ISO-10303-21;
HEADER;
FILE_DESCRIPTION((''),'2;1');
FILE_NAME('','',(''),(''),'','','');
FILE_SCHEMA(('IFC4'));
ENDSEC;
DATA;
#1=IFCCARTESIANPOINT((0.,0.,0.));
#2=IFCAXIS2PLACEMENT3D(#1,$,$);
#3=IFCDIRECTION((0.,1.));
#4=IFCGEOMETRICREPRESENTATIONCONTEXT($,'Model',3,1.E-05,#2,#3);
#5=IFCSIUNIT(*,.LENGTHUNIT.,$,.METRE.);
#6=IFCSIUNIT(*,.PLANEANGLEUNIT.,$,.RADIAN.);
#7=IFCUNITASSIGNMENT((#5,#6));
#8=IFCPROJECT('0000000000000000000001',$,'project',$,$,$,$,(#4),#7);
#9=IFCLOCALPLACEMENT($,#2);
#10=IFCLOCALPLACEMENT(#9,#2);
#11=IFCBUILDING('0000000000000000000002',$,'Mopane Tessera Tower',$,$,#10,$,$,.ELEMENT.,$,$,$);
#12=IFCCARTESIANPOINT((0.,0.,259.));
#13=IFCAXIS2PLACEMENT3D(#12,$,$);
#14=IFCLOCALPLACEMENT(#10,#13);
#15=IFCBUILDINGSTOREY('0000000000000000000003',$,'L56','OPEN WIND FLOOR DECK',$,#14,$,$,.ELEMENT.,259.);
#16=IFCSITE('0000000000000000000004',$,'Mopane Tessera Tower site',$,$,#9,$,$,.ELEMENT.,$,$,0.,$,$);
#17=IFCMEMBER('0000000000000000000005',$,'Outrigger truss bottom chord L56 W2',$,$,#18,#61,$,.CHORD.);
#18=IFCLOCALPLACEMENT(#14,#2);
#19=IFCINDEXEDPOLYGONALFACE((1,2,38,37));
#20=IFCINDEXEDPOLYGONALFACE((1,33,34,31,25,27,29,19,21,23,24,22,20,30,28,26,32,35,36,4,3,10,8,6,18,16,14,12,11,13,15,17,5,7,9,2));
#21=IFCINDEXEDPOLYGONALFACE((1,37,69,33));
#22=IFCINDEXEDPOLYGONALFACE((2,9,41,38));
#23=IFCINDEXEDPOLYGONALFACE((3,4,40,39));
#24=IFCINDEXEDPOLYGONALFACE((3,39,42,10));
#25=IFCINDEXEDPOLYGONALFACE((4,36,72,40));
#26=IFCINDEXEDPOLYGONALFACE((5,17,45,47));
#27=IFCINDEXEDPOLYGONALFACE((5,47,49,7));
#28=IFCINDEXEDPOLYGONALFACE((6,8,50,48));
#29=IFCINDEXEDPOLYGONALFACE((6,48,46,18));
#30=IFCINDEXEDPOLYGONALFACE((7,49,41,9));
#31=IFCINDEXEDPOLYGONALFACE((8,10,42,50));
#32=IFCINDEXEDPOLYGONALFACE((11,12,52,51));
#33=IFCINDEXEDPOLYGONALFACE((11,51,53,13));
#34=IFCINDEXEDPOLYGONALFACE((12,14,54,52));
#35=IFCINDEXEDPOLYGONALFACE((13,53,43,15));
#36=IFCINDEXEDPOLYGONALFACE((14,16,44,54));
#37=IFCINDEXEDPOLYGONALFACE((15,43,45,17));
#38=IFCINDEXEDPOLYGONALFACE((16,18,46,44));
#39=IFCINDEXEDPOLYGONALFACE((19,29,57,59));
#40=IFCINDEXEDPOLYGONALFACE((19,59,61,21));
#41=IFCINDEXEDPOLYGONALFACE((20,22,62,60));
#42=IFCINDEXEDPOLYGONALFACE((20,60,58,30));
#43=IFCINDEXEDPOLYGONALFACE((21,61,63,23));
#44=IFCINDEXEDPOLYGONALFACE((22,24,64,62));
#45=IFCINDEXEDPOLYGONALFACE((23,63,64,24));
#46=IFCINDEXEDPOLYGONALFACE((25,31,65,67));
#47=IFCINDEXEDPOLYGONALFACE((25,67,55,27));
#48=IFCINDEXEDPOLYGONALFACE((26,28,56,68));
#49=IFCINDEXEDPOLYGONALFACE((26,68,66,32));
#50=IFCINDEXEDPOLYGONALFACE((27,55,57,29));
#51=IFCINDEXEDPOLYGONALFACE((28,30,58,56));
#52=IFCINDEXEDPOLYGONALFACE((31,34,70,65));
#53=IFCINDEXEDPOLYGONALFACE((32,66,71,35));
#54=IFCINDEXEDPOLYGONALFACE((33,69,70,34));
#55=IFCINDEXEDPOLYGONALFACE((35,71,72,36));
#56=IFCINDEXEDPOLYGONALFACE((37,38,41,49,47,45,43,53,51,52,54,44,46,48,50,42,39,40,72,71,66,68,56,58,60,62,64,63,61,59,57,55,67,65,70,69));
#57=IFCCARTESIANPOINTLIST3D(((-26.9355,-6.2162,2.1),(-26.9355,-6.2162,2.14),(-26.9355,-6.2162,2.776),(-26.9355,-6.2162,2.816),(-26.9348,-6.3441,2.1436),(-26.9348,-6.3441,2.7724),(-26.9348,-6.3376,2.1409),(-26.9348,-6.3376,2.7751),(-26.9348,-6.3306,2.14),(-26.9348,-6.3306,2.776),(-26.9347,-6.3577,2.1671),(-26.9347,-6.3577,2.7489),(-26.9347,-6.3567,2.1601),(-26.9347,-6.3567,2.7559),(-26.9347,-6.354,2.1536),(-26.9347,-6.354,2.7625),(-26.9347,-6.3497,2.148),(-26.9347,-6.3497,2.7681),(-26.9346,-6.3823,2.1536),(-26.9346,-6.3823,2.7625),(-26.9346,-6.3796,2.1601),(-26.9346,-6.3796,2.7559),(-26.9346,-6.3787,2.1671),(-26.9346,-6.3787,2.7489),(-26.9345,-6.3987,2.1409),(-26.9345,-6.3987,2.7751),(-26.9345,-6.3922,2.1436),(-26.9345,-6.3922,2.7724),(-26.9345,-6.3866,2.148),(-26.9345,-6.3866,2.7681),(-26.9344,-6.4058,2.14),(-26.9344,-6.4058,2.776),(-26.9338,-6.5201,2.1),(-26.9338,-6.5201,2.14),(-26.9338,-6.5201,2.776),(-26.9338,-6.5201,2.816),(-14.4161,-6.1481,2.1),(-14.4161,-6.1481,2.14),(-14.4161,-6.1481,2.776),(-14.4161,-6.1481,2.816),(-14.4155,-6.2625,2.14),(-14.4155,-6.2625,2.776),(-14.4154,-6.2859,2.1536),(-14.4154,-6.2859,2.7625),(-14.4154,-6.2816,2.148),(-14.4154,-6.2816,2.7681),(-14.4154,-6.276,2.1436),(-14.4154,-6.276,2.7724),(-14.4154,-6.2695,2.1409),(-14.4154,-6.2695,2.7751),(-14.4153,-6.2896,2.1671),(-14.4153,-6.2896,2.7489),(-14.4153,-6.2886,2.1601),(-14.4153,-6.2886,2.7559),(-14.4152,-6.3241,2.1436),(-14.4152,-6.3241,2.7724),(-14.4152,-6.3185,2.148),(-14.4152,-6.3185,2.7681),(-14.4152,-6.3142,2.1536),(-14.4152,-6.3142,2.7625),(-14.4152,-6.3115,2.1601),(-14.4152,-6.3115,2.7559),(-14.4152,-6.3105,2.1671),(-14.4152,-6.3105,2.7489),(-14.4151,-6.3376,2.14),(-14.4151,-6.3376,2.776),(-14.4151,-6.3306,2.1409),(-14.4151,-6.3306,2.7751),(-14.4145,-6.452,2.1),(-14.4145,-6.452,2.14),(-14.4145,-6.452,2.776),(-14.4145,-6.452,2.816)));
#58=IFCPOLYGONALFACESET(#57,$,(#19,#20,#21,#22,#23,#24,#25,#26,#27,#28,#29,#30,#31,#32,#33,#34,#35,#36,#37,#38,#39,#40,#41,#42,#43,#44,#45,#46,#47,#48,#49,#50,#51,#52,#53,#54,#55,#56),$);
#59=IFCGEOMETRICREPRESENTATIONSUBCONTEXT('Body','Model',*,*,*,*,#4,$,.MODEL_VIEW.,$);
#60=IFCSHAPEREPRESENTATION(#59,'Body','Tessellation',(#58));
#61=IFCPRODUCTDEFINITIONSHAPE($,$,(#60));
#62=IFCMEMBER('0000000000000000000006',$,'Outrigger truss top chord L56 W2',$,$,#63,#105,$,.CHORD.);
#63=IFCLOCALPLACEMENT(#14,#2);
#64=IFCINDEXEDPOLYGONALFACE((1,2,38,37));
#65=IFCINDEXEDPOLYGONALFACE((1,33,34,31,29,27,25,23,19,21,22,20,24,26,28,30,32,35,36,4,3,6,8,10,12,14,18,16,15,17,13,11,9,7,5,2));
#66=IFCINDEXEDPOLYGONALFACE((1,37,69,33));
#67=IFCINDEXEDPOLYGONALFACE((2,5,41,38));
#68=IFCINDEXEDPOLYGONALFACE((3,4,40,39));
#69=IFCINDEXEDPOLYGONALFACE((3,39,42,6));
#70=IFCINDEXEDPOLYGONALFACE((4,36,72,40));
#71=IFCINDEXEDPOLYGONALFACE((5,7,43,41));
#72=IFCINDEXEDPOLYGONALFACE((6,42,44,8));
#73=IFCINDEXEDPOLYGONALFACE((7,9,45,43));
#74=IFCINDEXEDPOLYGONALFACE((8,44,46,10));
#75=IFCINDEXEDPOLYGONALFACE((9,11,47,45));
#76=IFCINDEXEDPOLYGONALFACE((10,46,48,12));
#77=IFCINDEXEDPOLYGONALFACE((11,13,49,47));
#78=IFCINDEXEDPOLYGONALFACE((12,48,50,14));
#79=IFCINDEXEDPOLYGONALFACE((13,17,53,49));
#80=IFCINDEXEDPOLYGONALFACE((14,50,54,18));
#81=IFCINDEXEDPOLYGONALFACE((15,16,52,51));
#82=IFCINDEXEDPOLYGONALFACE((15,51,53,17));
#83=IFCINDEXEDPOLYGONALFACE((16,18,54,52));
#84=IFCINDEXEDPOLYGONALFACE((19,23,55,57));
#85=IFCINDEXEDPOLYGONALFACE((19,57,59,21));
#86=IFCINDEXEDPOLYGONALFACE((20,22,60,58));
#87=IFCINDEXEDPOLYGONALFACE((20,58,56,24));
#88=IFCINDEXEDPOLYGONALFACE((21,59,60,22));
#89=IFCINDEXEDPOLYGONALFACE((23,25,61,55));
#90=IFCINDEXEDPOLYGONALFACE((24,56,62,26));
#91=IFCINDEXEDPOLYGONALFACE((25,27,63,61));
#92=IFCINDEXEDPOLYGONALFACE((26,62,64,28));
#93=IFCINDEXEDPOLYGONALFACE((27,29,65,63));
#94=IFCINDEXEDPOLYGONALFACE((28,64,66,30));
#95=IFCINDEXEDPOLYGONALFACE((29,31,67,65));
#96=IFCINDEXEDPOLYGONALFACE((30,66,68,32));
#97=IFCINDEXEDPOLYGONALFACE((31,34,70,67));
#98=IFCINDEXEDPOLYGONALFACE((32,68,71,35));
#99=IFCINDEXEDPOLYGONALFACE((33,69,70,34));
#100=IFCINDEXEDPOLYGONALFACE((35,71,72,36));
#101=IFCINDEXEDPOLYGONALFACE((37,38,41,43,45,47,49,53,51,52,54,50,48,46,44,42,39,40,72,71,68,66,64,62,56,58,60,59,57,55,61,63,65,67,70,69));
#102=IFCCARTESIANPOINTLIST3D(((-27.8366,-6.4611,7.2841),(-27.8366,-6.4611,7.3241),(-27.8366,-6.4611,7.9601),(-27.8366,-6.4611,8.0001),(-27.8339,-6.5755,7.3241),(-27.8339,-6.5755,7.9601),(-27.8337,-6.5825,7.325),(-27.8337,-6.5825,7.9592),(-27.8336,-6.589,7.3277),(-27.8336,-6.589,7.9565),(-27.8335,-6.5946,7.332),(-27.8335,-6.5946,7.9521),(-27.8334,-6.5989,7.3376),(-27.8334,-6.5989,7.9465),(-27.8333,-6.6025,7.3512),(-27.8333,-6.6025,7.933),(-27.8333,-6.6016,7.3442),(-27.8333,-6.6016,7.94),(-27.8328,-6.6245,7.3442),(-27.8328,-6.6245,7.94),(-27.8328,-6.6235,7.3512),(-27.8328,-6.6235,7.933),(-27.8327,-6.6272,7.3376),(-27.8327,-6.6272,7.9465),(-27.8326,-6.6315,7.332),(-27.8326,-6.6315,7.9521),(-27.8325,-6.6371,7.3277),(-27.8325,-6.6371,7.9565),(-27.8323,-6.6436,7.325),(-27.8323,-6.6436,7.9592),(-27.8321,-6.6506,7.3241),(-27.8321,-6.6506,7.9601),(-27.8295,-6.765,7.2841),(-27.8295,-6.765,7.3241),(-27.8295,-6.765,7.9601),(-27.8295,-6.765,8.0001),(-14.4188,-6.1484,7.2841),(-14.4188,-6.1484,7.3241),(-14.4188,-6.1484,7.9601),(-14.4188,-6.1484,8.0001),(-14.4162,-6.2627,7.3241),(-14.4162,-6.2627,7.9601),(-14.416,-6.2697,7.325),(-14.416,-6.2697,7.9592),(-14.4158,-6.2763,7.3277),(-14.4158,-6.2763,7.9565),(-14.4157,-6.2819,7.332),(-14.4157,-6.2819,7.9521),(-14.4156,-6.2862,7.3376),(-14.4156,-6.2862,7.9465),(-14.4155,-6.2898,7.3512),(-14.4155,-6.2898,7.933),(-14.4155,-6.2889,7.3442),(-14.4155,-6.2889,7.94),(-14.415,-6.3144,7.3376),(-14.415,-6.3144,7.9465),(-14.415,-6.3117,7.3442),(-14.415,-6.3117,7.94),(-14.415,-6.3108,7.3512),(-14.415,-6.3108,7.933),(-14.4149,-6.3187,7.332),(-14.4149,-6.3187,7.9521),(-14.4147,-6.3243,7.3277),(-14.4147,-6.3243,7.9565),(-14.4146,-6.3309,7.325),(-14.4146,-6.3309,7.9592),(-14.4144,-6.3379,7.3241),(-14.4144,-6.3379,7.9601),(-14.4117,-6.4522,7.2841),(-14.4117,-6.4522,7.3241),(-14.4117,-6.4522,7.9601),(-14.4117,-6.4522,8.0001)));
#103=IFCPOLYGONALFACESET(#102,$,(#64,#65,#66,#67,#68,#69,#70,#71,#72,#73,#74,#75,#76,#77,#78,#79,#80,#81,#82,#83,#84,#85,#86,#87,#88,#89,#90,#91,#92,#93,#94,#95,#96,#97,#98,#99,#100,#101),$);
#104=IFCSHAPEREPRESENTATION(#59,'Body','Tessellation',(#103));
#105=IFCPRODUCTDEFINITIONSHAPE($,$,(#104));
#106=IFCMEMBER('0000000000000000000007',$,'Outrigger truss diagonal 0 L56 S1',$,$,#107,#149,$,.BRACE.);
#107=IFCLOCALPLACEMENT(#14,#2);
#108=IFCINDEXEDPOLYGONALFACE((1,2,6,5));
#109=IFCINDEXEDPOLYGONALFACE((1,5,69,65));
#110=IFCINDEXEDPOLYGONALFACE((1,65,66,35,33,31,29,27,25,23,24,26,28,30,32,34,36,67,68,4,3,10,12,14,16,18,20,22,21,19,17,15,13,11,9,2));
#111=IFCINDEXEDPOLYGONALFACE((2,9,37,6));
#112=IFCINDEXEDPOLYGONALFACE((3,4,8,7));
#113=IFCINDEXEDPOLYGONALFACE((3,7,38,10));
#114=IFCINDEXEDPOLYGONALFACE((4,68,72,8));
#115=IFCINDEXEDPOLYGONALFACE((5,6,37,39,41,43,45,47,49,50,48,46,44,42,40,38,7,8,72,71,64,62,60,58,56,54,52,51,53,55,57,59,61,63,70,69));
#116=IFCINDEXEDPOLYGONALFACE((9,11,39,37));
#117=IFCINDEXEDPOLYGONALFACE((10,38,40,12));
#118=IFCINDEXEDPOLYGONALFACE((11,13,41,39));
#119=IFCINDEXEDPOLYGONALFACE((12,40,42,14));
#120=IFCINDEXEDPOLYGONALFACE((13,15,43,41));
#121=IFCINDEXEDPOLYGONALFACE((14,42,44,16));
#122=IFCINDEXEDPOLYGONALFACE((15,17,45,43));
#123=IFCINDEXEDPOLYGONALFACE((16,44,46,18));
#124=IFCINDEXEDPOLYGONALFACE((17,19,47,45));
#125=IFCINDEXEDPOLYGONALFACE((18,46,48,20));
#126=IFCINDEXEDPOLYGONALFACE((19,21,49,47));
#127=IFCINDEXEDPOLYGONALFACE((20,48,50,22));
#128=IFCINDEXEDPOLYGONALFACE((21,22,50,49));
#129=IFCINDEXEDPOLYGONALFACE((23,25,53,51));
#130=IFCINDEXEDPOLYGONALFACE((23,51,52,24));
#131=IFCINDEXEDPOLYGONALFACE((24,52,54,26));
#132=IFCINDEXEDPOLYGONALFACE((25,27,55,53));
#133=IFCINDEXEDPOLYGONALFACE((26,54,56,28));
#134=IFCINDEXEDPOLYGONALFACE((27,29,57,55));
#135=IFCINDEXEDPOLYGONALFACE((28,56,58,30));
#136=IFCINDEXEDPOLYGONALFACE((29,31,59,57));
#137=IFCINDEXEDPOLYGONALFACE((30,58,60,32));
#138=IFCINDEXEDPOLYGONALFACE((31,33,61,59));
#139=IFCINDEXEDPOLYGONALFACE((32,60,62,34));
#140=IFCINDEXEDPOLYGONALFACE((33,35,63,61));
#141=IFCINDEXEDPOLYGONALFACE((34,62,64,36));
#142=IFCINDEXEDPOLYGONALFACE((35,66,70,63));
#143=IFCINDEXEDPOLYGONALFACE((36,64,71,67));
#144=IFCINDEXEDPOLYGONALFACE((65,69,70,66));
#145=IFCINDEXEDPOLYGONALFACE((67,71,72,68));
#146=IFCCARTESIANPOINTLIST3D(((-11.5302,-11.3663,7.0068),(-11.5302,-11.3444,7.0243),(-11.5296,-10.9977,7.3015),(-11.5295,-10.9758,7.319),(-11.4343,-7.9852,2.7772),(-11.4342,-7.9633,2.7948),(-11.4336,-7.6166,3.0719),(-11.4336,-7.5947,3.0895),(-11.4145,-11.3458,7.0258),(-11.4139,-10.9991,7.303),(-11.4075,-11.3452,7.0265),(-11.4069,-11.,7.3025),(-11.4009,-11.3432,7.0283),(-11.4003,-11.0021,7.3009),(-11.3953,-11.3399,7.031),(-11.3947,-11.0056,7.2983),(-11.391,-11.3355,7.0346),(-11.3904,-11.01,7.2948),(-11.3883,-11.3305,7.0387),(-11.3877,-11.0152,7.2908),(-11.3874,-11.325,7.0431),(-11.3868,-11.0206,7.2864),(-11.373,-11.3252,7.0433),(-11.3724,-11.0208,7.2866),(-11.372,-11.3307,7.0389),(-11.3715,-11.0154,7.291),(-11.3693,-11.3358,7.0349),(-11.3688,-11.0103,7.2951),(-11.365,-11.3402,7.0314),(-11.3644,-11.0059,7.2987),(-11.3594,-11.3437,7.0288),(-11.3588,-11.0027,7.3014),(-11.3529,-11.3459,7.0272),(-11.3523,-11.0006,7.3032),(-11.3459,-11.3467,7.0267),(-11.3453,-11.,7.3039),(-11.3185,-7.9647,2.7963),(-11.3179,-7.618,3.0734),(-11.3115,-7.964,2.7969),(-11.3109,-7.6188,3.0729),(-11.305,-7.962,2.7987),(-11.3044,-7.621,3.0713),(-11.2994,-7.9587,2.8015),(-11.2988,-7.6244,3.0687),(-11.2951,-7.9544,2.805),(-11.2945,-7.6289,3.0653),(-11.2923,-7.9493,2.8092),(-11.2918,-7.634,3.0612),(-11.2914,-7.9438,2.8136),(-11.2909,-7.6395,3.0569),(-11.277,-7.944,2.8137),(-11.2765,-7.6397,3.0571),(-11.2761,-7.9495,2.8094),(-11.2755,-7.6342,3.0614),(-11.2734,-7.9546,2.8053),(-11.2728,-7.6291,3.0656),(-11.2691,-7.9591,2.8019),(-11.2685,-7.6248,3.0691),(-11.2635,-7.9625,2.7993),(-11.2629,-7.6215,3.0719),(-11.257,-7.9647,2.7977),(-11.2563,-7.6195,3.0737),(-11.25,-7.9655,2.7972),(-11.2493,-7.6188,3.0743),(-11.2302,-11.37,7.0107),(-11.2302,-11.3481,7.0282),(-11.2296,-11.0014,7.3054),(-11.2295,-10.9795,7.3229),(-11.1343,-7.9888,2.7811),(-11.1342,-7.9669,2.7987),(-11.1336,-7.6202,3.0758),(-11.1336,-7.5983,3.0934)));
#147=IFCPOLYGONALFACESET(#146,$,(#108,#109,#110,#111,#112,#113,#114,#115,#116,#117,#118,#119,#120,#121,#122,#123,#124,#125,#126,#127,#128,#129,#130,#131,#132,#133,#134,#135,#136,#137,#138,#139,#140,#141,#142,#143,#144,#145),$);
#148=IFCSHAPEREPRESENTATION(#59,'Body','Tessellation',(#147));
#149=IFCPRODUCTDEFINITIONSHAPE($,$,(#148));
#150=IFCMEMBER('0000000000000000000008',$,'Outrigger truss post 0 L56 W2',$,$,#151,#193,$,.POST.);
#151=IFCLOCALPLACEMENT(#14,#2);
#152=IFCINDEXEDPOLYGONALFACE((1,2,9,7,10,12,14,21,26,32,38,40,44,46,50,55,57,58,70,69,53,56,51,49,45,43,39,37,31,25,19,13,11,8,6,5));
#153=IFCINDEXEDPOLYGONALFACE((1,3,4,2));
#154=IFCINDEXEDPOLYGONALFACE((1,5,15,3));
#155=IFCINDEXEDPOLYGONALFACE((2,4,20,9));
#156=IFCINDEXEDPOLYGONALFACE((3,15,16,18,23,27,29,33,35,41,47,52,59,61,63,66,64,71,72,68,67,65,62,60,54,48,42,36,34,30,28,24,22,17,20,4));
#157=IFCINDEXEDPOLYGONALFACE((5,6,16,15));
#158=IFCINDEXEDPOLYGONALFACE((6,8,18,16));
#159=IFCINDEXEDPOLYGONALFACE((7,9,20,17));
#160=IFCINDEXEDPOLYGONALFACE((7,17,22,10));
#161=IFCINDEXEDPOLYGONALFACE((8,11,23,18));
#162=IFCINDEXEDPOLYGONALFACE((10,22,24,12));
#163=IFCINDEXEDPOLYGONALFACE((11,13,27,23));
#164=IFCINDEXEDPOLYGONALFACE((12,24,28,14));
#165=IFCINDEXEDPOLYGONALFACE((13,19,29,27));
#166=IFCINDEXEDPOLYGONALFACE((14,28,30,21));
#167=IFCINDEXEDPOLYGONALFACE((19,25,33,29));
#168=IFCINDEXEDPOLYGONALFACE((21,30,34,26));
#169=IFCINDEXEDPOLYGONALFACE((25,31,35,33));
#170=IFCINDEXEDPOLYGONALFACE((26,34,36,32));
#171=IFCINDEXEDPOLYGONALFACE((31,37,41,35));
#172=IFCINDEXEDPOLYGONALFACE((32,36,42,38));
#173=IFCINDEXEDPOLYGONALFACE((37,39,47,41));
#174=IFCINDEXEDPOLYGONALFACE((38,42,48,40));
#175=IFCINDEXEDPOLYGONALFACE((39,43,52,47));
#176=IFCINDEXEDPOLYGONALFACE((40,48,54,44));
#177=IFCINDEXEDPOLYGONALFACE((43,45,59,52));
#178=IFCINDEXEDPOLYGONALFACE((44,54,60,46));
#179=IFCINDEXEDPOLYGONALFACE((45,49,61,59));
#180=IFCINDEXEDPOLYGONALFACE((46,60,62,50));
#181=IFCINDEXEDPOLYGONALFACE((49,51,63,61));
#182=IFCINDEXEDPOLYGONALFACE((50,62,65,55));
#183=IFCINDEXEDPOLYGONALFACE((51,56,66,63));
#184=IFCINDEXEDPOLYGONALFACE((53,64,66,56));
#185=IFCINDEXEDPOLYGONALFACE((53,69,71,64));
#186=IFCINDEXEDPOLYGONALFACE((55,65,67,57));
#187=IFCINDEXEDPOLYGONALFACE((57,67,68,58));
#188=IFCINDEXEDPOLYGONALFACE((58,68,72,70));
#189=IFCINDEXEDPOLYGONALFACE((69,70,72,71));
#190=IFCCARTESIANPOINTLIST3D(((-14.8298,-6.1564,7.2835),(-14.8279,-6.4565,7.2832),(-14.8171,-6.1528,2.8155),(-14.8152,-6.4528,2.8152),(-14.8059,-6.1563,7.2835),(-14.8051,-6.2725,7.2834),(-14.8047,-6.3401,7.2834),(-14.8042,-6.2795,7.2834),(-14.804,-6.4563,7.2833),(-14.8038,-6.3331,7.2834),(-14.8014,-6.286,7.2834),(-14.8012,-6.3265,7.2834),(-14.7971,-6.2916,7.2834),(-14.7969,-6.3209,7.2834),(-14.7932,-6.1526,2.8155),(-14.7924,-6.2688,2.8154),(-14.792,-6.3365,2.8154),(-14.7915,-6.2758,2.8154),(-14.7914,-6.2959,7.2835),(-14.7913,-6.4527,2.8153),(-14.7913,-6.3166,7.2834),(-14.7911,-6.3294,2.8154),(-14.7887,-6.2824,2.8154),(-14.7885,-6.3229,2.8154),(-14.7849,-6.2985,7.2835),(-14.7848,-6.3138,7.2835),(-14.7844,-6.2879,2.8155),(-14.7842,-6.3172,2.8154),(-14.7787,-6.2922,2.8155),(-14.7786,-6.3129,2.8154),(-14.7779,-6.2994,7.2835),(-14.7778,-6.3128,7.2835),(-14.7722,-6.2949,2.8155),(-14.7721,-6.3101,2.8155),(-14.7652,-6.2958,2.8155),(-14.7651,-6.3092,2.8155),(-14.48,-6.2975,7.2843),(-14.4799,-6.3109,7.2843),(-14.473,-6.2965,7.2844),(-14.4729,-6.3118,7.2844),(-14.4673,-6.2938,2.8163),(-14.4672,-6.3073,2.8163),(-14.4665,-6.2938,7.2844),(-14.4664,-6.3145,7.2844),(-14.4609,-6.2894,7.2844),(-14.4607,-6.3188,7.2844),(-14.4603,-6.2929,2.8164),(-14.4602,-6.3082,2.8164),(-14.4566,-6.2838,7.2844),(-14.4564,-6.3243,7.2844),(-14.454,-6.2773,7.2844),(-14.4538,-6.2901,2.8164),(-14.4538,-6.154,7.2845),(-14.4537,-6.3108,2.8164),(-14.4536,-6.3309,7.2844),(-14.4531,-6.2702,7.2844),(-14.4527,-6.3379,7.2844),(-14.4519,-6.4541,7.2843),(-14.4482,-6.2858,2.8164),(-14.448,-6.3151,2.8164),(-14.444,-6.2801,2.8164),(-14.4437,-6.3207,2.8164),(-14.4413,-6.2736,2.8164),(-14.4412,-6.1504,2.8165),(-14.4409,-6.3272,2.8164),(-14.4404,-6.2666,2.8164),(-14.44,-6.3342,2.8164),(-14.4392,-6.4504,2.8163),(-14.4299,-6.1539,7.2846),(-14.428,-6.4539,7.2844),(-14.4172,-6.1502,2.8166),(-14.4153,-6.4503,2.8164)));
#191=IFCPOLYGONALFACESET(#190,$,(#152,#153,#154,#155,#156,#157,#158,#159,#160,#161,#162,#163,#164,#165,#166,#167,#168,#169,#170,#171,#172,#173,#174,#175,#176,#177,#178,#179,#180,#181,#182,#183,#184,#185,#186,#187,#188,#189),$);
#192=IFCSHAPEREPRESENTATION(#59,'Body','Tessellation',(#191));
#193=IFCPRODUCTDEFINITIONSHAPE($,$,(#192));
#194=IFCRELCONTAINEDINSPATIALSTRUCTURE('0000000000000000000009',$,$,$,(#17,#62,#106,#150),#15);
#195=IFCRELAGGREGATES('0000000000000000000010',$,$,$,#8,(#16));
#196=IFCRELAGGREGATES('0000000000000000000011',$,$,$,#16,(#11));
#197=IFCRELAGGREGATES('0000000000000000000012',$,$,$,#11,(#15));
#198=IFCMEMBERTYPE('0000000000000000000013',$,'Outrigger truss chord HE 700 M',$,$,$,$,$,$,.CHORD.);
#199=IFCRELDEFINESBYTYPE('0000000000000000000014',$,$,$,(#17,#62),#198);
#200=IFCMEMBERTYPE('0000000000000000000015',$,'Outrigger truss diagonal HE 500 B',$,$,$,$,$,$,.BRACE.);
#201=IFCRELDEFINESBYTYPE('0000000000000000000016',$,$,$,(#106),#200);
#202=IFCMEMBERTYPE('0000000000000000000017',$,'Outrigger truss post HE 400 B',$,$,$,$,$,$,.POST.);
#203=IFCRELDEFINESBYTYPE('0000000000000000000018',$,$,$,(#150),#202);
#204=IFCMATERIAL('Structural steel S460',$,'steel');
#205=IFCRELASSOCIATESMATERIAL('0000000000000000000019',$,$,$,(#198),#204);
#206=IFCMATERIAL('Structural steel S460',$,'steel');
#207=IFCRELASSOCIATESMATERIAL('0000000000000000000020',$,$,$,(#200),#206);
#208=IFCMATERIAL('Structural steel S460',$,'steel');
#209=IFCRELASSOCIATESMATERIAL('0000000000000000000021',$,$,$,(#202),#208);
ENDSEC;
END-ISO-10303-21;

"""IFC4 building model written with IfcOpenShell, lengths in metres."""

from ifc_helpers import new_model, si_unit, direction, frame, origin, origin_2d, place, context, subcontext, project, spatial, i_section, extrude, material, material_profile, profile_set, type_object, element, save


model = new_model("IFC4")

# Units and contexts
model_context = context("Model", 3, precision=1e-05, world=origin(), true_north=direction((0.0, 1.0)))
body_context = subcontext(model_context, "Body", "Model", "MODEL_VIEW")
ifc_project = project(units=[si_unit("LENGTHUNIT", "METRE"), si_unit("PLANEANGLEUNIT", "RADIAN")], contexts=[model_context])

# Site, building, storey
site_placement = place(None, origin())
site = spatial("IfcSite", under=ifc_project, at=site_placement, Name="Mopane Tessera Tower site", CompositionType="ELEMENT", RefElevation=0.0)
building_placement = place(site_placement, origin())
building = spatial("IfcBuilding", under=site, at=building_placement, Name="Mopane Tessera Tower", CompositionType="ELEMENT")
storey_placement = place(building_placement, frame((0.0, 0.0, 259.0)))
storey = spatial("IfcBuildingStorey", under=building, at=storey_placement, Name="L56", Description="OPEN WIND FLOOR DECK", CompositionType="ELEMENT", Elevation=259.0)

# Members
ifc_material_1 = material(Name="Structural steel S460", Category="steel")
ifc_material_profile_1 = material_profile(ifc_material_1, i_section(OverallWidth=0.304, OverallDepth=0.7161, WebThickness=0.021, FlangeThickness=0.04, FilletRadius=0.0271, at=origin_2d()))
ifc_profile_set_1 = profile_set([ifc_material_profile_1], Name="Structural steel S460")
member_type_1 = type_object("IfcMemberType", Name="Outrigger truss chord HE 700 M", PredefinedType="CHORD", material=ifc_profile_set_1)
member_1_placement = place(storey_placement, frame((-14.4153, -6.3, 2.458), z_axis=(-0.999985, -0.005441, 0.0), x_axis=(0.005441, -0.999985, 0.0)))
element("IfcMember", 1, at=member_1_placement, inside=storey, type_object=member_type_1, Name="Outrigger truss bottom chord L56 W2", PredefinedType="CHORD", context=body_context, shape_type="SweptSolid", body=[
    extrude(i_section(OverallWidth=0.304, OverallDepth=0.7161, WebThickness=0.021, FlangeThickness=0.04, FilletRadius=0.0271, at=origin_2d()), origin(), (0.0, 0.0, 1.0), 12.5195),
])
member_2_placement = place(storey_placement, frame((-14.4153, -6.3003, 7.6421), z_axis=(-0.999728, -0.023302, 0.0), x_axis=(0.023302, -0.999728, 0.0)))
element("IfcMember", 2, at=member_2_placement, inside=storey, type_object=member_type_1, Name="Outrigger truss top chord L56 W2", PredefinedType="CHORD", context=body_context, shape_type="SweptSolid", body=[
    extrude(i_section(OverallWidth=0.304, OverallDepth=0.7161, WebThickness=0.021, FlangeThickness=0.04, FilletRadius=0.0271, at=origin_2d()), origin(), (0.0, 0.0, 1.0), 13.4214),
])
ifc_material_2 = material(Name="Structural steel S460", Category="steel")
ifc_material_profile_2 = material_profile(ifc_material_2, i_section(OverallWidth=0.3, OverallDepth=0.5, WebThickness=0.0144, FlangeThickness=0.0281, FilletRadius=0.0271, at=origin_2d()))
ifc_profile_set_2 = profile_set([ifc_material_profile_2], Name="Structural steel S460")
member_type_2 = type_object("IfcMemberType", Name="Outrigger truss diagonal HE 500 B", PredefinedType="BRACE", material=ifc_profile_set_2)
member_3_placement = place(storey_placement, frame((-11.2839, -7.7917, 2.9353), z_axis=(-0.017717, -0.624317, 0.780971), x_axis=(0.999842, -0.012158, 0.012963)))
element("IfcMember", 3, at=member_3_placement, inside=storey, type_object=member_type_2, Name="Outrigger truss diagonal 0 L56 S1", PredefinedType="BRACE", context=body_context, shape_type="SweptSolid", body=[
    extrude(i_section(OverallWidth=0.3, OverallDepth=0.5, WebThickness=0.0144, FlangeThickness=0.0281, FilletRadius=0.0271, at=origin_2d()), origin(), (0.0, 0.0, 1.0), 5.4158),
])
ifc_material_3 = material(Name="Structural steel S460", Category="steel")
ifc_material_profile_3 = material_profile(ifc_material_3, i_section(OverallWidth=0.3, OverallDepth=0.3999, WebThickness=0.0134, FlangeThickness=0.0239, FilletRadius=0.0271, at=origin_2d()))
ifc_profile_set_3 = profile_set([ifc_material_profile_3], Name="Structural steel S460")
member_type_3 = type_object("IfcMemberType", Name="Outrigger truss post HE 400 B", PredefinedType="POST", material=ifc_profile_set_3)
member_4_placement = place(storey_placement, frame((-14.6162, -6.3015, 2.8159), z_axis=(-0.002841, -0.00082, 0.999996), x_axis=(0.006403, -0.999979, -0.000801)))
element("IfcMember", 4, at=member_4_placement, inside=storey, type_object=member_type_3, Name="Outrigger truss post 0 L56 W2", PredefinedType="POST", context=body_context, shape_type="SweptSolid", body=[
    extrude(i_section(OverallWidth=0.3, OverallDepth=0.3999, WebThickness=0.0134, FlangeThickness=0.0239, FilletRadius=0.0271, at=origin_2d()), origin(), (0.0, 0.0, 1.0), 4.468),
])

save(model, "model.ifc")
